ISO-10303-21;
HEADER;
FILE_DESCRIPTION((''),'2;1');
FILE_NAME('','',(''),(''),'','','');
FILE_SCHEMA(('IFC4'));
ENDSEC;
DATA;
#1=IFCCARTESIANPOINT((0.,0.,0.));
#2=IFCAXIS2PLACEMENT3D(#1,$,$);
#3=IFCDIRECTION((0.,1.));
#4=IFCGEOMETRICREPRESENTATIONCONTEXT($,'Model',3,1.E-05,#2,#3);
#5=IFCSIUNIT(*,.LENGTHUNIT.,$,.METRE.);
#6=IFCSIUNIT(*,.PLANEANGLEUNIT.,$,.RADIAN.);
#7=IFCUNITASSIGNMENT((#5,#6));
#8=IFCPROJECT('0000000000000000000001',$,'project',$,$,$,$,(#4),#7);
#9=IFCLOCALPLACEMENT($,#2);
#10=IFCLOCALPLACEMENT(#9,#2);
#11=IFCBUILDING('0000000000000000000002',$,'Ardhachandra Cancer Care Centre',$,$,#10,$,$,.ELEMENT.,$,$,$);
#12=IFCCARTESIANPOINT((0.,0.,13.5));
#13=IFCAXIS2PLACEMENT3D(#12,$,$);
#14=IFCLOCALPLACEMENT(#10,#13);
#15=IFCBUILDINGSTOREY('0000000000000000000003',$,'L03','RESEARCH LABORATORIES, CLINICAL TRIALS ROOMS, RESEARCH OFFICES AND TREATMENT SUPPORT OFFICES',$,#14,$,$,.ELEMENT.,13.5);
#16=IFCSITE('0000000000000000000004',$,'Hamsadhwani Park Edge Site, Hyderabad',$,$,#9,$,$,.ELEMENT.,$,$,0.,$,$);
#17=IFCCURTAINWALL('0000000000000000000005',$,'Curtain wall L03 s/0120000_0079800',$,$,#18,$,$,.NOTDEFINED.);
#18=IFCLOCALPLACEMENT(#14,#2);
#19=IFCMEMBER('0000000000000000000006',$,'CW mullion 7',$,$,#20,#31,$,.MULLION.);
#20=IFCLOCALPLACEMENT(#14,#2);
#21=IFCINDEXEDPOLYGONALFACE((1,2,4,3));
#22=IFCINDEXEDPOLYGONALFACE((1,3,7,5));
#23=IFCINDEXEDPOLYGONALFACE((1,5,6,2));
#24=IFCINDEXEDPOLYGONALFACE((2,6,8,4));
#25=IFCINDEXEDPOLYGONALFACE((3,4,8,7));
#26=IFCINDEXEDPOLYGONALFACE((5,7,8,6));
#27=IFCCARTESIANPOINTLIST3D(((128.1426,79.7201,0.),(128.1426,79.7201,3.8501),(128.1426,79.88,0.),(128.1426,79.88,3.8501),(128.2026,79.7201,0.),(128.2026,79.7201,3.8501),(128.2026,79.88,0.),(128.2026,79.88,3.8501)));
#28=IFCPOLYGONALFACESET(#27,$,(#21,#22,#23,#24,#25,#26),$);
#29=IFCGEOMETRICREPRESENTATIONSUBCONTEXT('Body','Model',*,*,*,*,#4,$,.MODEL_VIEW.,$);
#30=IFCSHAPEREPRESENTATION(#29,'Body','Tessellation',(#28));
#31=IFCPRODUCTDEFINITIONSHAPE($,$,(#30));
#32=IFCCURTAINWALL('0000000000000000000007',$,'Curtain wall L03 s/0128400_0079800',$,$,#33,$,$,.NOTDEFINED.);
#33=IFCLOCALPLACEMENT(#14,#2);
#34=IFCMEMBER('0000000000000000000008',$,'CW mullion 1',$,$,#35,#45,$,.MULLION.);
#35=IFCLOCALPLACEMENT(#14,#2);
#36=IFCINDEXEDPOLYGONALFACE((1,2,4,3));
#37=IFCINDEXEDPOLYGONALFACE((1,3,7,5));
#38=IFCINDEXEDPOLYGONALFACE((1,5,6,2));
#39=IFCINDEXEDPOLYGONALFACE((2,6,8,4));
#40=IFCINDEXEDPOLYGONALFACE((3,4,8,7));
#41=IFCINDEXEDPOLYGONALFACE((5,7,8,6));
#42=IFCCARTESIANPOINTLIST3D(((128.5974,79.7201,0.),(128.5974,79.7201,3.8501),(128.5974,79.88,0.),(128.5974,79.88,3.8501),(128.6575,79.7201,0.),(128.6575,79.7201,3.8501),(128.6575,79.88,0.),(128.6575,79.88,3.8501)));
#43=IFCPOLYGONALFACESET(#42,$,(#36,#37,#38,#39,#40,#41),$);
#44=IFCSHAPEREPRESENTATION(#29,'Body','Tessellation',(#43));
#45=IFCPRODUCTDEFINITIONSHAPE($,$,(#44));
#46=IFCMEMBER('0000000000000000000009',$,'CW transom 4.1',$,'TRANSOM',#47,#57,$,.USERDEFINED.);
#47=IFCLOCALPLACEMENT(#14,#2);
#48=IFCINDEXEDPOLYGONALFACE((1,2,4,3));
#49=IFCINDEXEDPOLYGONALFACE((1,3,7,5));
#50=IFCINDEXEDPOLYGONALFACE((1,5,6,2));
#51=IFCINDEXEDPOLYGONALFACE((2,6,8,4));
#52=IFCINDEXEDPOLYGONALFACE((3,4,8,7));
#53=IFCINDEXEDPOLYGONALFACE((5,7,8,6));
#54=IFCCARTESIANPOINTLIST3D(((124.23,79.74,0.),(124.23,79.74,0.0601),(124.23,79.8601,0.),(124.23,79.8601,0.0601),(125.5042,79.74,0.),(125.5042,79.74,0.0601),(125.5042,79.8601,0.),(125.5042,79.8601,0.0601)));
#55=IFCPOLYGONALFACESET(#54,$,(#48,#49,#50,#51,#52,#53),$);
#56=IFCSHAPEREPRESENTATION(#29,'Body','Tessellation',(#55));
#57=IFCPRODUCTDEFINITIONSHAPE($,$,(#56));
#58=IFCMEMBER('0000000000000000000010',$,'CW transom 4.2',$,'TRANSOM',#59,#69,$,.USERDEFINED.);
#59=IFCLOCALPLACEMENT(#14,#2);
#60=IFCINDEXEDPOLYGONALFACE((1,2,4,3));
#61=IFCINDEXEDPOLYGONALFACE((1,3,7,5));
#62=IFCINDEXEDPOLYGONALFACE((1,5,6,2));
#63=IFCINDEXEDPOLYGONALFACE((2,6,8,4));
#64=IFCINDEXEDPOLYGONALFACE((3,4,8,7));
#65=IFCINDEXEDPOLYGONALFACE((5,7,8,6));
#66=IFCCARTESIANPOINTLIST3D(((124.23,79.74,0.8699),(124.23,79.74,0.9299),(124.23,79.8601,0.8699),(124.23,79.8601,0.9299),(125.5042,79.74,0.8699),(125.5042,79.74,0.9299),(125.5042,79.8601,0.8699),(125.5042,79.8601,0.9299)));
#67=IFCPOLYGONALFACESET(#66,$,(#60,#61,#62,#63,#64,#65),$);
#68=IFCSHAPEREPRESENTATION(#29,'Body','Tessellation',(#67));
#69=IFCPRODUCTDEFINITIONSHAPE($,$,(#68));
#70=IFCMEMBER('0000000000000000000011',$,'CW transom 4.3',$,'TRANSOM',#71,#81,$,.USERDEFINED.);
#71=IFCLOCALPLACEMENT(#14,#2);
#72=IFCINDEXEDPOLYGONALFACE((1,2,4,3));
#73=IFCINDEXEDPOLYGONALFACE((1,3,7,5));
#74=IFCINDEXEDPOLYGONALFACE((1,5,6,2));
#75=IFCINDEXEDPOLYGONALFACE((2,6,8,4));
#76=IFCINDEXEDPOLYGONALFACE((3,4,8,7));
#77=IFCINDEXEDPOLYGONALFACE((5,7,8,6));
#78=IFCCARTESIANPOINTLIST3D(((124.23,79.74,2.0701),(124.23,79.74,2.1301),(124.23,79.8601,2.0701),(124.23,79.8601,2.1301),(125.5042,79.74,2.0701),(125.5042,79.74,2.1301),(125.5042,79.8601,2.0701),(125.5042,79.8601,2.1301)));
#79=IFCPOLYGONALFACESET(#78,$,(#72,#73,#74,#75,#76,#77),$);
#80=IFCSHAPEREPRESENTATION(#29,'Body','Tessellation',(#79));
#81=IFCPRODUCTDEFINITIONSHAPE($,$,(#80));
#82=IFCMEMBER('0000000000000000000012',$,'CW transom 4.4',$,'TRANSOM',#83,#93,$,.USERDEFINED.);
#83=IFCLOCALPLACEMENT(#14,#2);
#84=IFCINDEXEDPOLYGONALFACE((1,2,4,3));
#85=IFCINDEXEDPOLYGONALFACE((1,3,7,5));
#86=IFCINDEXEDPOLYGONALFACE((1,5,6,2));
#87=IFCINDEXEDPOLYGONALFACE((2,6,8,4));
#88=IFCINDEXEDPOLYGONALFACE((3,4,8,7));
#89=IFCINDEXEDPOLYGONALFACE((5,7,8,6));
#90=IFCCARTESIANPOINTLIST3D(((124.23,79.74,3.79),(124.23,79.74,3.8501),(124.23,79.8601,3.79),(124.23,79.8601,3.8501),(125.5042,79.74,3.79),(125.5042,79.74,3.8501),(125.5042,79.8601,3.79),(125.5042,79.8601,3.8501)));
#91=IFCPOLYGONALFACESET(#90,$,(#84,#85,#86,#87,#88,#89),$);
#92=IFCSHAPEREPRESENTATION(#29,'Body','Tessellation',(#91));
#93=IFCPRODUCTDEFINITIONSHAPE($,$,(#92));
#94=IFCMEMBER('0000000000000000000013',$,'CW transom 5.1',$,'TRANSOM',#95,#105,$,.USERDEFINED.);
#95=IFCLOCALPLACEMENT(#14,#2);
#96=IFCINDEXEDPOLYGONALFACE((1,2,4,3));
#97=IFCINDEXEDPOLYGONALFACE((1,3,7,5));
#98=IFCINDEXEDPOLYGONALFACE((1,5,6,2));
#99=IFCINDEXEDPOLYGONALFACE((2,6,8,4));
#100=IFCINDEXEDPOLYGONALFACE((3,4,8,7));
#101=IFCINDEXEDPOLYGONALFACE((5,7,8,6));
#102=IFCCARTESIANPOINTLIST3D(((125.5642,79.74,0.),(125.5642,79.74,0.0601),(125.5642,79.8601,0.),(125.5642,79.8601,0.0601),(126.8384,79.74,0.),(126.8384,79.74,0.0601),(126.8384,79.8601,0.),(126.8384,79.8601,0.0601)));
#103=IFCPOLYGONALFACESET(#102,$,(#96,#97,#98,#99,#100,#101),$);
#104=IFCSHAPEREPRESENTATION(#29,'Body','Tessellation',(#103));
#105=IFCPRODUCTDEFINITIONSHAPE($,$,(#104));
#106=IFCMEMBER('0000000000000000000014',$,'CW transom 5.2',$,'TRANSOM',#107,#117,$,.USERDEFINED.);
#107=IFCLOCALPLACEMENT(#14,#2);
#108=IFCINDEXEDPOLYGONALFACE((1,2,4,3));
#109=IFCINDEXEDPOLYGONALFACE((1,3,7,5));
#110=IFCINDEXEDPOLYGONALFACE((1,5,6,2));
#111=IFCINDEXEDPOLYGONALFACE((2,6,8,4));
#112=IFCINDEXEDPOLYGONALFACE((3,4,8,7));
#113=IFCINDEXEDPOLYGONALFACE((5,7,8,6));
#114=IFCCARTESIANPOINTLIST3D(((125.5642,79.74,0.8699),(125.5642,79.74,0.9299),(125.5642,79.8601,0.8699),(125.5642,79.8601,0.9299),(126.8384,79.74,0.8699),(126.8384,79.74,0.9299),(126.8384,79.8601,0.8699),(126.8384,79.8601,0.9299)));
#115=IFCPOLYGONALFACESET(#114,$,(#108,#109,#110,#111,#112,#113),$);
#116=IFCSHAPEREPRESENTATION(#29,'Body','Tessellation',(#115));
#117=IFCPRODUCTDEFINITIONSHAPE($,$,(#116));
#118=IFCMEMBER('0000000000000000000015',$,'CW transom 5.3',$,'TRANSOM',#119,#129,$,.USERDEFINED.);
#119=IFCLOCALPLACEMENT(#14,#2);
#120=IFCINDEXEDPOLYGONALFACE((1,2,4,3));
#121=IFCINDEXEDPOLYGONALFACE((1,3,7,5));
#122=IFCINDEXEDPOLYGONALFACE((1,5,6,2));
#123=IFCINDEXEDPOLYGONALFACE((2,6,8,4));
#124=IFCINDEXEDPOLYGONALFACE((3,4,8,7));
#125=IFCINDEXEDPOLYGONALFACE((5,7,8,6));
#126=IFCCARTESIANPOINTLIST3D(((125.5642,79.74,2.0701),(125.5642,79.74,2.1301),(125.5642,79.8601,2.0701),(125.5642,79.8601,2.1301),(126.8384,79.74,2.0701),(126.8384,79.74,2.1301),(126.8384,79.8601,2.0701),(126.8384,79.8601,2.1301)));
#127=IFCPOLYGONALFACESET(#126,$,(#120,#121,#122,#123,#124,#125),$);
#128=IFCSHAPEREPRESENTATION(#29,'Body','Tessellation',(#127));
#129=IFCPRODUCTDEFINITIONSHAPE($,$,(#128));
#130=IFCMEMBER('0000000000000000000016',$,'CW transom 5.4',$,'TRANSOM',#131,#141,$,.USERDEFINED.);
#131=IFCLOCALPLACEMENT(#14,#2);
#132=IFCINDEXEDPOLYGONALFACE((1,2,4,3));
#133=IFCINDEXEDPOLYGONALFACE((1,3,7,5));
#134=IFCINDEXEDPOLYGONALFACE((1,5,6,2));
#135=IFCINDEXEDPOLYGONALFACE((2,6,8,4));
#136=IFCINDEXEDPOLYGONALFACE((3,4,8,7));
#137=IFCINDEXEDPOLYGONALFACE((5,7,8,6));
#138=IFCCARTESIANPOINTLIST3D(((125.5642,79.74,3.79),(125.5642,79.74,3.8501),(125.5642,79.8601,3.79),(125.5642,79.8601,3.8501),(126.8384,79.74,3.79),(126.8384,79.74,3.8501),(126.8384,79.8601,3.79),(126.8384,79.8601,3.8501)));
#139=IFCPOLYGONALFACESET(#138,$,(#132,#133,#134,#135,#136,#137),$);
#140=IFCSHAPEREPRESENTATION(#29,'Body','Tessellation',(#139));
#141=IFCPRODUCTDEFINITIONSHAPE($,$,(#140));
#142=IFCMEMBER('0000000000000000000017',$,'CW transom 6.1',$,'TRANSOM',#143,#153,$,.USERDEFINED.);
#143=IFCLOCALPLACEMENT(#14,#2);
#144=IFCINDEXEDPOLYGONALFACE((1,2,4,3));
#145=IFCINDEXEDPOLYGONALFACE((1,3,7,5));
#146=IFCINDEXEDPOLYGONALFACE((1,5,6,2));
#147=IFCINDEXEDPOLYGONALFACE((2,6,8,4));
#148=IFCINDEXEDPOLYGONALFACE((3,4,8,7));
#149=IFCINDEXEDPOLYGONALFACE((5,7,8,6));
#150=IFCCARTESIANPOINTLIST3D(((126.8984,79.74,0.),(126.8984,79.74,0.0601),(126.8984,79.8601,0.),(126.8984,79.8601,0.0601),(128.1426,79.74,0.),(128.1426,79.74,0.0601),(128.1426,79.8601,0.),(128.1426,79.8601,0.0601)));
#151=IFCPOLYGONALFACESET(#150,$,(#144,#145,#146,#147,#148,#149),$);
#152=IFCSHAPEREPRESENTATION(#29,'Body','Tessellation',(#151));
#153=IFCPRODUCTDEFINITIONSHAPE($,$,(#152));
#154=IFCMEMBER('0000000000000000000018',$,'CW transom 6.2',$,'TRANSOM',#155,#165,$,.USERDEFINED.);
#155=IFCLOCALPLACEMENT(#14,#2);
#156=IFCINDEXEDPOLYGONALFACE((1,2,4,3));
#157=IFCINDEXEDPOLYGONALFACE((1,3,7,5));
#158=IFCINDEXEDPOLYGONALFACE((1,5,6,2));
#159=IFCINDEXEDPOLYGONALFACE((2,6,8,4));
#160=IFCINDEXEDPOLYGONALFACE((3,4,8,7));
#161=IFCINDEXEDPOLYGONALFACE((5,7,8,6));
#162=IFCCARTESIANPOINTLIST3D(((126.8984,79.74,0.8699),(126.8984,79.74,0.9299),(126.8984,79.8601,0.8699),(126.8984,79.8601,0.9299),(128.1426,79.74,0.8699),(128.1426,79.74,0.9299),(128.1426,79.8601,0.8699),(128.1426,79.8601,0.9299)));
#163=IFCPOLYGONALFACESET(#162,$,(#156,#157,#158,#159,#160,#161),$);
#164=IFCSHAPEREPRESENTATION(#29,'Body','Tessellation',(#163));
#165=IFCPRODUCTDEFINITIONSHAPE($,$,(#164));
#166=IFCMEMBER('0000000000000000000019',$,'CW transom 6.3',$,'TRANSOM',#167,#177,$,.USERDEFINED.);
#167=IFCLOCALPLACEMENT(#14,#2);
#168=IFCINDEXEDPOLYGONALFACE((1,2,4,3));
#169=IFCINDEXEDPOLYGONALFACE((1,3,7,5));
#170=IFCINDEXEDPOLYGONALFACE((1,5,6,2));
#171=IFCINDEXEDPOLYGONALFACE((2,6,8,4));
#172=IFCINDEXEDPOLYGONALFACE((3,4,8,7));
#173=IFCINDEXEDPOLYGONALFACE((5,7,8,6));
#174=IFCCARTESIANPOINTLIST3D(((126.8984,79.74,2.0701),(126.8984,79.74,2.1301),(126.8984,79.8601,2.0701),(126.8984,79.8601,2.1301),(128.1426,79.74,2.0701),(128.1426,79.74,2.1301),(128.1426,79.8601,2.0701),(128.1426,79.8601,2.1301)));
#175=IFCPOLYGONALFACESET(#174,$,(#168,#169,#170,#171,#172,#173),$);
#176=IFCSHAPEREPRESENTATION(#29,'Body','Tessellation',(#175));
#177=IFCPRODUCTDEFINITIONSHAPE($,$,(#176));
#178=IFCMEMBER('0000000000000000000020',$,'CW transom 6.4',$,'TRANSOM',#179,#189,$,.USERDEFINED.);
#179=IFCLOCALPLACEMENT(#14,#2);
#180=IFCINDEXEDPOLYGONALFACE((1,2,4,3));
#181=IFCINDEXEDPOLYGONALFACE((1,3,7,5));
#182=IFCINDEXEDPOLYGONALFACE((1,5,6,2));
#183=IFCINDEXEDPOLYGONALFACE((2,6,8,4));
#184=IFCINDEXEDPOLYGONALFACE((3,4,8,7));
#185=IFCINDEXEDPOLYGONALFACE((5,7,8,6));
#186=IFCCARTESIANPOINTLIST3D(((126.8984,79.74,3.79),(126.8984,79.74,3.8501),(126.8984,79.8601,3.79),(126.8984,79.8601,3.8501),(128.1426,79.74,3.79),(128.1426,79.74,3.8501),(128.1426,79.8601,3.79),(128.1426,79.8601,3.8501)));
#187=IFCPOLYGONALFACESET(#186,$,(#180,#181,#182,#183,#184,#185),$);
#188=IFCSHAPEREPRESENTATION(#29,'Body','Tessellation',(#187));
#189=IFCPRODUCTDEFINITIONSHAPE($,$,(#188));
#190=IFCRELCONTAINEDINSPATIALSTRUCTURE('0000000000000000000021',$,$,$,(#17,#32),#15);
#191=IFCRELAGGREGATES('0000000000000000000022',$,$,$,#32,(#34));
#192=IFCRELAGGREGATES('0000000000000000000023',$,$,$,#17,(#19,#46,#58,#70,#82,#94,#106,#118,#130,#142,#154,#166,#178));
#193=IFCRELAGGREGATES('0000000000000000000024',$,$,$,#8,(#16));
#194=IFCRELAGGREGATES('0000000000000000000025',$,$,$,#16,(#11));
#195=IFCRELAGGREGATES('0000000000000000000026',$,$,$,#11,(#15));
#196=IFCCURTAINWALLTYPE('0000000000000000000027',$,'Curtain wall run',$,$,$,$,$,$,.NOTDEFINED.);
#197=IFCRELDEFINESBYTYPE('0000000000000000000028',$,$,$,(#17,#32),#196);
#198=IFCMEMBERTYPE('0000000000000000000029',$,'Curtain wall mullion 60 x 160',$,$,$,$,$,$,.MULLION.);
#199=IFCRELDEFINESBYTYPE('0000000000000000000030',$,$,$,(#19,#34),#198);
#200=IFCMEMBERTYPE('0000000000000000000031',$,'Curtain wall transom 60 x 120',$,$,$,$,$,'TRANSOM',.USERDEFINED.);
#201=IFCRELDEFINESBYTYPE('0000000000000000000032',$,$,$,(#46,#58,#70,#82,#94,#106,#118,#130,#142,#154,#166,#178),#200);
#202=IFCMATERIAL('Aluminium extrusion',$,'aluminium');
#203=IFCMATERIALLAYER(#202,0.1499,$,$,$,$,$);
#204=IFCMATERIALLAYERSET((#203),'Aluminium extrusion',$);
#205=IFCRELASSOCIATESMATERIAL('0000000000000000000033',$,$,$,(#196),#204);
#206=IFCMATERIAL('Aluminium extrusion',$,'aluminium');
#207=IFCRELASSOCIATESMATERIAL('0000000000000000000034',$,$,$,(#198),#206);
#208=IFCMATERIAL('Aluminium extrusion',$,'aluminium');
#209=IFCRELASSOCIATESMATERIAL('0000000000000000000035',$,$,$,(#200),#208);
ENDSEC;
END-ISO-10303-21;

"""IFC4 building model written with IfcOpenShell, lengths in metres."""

from ifc_helpers import new_model, si_unit, direction, frame, origin, origin_2d, place, context, subcontext, project, spatial, rectangle, extrude, material, layer, layer_set, material_profile, profile_set, type_object, element, aggregate, save


model = new_model("IFC4")

# Units and contexts
model_context = context("Model", 3, precision=1e-05, world=origin(), true_north=direction((0.0, 1.0)))
body_context = subcontext(model_context, "Body", "Model", "MODEL_VIEW")
ifc_project = project(units=[si_unit("LENGTHUNIT", "METRE"), si_unit("PLANEANGLEUNIT", "RADIAN")], contexts=[model_context])

# Site, building, storey
site_placement = place(None, origin())
site = spatial("IfcSite", under=ifc_project, at=site_placement, Name="Hamsadhwani Park Edge Site, Hyderabad", CompositionType="ELEMENT", RefElevation=0.0)
building_placement = place(site_placement, origin())
building = spatial("IfcBuilding", under=site, at=building_placement, Name="Ardhachandra Cancer Care Centre", CompositionType="ELEMENT")
storey_placement = place(building_placement, frame((0.0, 0.0, 13.5)))
storey = spatial("IfcBuildingStorey", under=building, at=storey_placement, Name="L03", Description="RESEARCH LABORATORIES, CLINICAL TRIALS ROOMS, RESEARCH OFFICES AND TREATMENT SUPPORT OFFICES", CompositionType="ELEMENT", Elevation=13.5)

# Curtain wall, member
ifc_material_1 = material(Name="Aluminium extrusion", Category="aluminium")
ifc_layer_1 = layer(ifc_material_1, 0.1499)
ifc_layer_set_1 = layer_set([ifc_layer_1], Name="Aluminium extrusion")
curtain_wall_type = type_object("IfcCurtainWallType", Name="Curtain wall run", PredefinedType="NOTDEFINED", material=ifc_layer_set_1)
curtain_wall_1_placement = place(storey_placement, origin())
curtain_wall_1 = element("IfcCurtainWall", 1, at=curtain_wall_1_placement, inside=storey, type_object=curtain_wall_type, Name="Curtain wall L03 s/0120000_0079800", PredefinedType="NOTDEFINED")
ifc_material_2 = material(Name="Aluminium extrusion", Category="aluminium")
ifc_material_profile_1 = material_profile(ifc_material_2, rectangle(XDim=0.1599, YDim=0.0601, at=origin_2d()), Name="Curtain wall mullion 60 x 160")
ifc_profile_set_1 = profile_set([ifc_material_profile_1], Name="Aluminium extrusion")
member_type_1 = type_object("IfcMemberType", Name="Curtain wall mullion 60 x 160", PredefinedType="MULLION", material=ifc_profile_set_1)
member_1_placement = place(storey_placement, frame((128.1726, 79.8, 0.0), z_axis=(0.0, 0.0, 1.0), x_axis=(0.0, 1.0, 0.0)))
member_1 = element("IfcMember", 2, at=member_1_placement, type_object=member_type_1, Name="CW mullion 7", PredefinedType="MULLION", context=body_context, shape_type="SweptSolid", body=[
    extrude(rectangle(XDim=0.1599, YDim=0.0601, at=origin_2d()), origin(), (0.0, 0.0, 1.0), 3.8501),
])

# Curtain wall, member
curtain_wall_2_placement = place(storey_placement, origin())
curtain_wall_2 = element("IfcCurtainWall", 3, at=curtain_wall_2_placement, inside=storey, type_object=curtain_wall_type, Name="Curtain wall L03 s/0128400_0079800", PredefinedType="NOTDEFINED")
member_2_placement = place(storey_placement, frame((128.6274, 79.8, 0.0), z_axis=(0.0, 0.0, 1.0), x_axis=(0.0, 1.0, 0.0)))
member_2 = element("IfcMember", 4, at=member_2_placement, type_object=member_type_1, Name="CW mullion 1", PredefinedType="MULLION", context=body_context, shape_type="SweptSolid", body=[
    extrude(rectangle(XDim=0.1599, YDim=0.0601, at=origin_2d()), origin(), (0.0, 0.0, 1.0), 3.8501),
])
aggregate(curtain_wall_2, [member_2])

# Members
ifc_material_3 = material(Name="Aluminium extrusion", Category="aluminium")
ifc_material_profile_2 = material_profile(ifc_material_3, rectangle(XDim=0.1201, YDim=0.0601, at=origin_2d()), Name="Curtain wall transom 60 x 120")
ifc_profile_set_2 = profile_set([ifc_material_profile_2], Name="Aluminium extrusion")
member_type_2 = type_object("IfcMemberType", Name="Curtain wall transom 60 x 120", ElementType="TRANSOM", PredefinedType="USERDEFINED", material=ifc_profile_set_2)
member_3_placement = place(storey_placement, frame((124.23, 79.8, 0.03), z_axis=(1.0, 0.0, 0.0), x_axis=(0.0, 1.0, 0.0)))
member_3 = element("IfcMember", 5, at=member_3_placement, type_object=member_type_2, Name="CW transom 4.1", ObjectType="TRANSOM", PredefinedType="USERDEFINED", context=body_context, shape_type="SweptSolid", body=[
    extrude(rectangle(XDim=0.1201, YDim=0.0601, at=origin_2d()), origin(), (0.0, 0.0, 1.0), 1.2742),
])
member_4_placement = place(storey_placement, frame((124.23, 79.8, 0.8999), z_axis=(1.0, 0.0, 0.0), x_axis=(0.0, 1.0, 0.0)))
member_4 = element("IfcMember", 6, at=member_4_placement, type_object=member_type_2, Name="CW transom 4.2", ObjectType="TRANSOM", PredefinedType="USERDEFINED", context=body_context, shape_type="SweptSolid", body=[
    extrude(rectangle(XDim=0.1201, YDim=0.0601, at=origin_2d()), origin(), (0.0, 0.0, 1.0), 1.2742),
])
member_5_placement = place(storey_placement, frame((124.23, 79.8, 2.1001), z_axis=(1.0, 0.0, 0.0), x_axis=(0.0, 1.0, 0.0)))
member_5 = element("IfcMember", 7, at=member_5_placement, type_object=member_type_2, Name="CW transom 4.3", ObjectType="TRANSOM", PredefinedType="USERDEFINED", context=body_context, shape_type="SweptSolid", body=[
    extrude(rectangle(XDim=0.1201, YDim=0.0601, at=origin_2d()), origin(), (0.0, 0.0, 1.0), 1.2742),
])
member_6_placement = place(storey_placement, frame((124.23, 79.8, 3.8201), z_axis=(1.0, 0.0, 0.0), x_axis=(0.0, 1.0, 0.0)))
member_6 = element("IfcMember", 8, at=member_6_placement, type_object=member_type_2, Name="CW transom 4.4", ObjectType="TRANSOM", PredefinedType="USERDEFINED", context=body_context, shape_type="SweptSolid", body=[
    extrude(rectangle(XDim=0.1201, YDim=0.0601, at=origin_2d()), origin(), (0.0, 0.0, 1.0), 1.2742),
])
member_7_placement = place(storey_placement, frame((125.5642, 79.8, 0.03), z_axis=(1.0, 0.0, 0.0), x_axis=(0.0, 1.0, 0.0)))
member_7 = element("IfcMember", 9, at=member_7_placement, type_object=member_type_2, Name="CW transom 5.1", ObjectType="TRANSOM", PredefinedType="USERDEFINED", context=body_context, shape_type="SweptSolid", body=[
    extrude(rectangle(XDim=0.1201, YDim=0.0601, at=origin_2d()), origin(), (0.0, 0.0, 1.0), 1.2742),
])
member_8_placement = place(storey_placement, frame((125.5642, 79.8, 0.8999), z_axis=(1.0, 0.0, 0.0), x_axis=(0.0, 1.0, 0.0)))
member_8 = element("IfcMember", 10, at=member_8_placement, type_object=member_type_2, Name="CW transom 5.2", ObjectType="TRANSOM", PredefinedType="USERDEFINED", context=body_context, shape_type="SweptSolid", body=[
    extrude(rectangle(XDim=0.1201, YDim=0.0601, at=origin_2d()), origin(), (0.0, 0.0, 1.0), 1.2742),
])
member_9_placement = place(storey_placement, frame((125.5642, 79.8, 2.1001), z_axis=(1.0, 0.0, 0.0), x_axis=(0.0, 1.0, 0.0)))
member_9 = element("IfcMember", 11, at=member_9_placement, type_object=member_type_2, Name="CW transom 5.3", ObjectType="TRANSOM", PredefinedType="USERDEFINED", context=body_context, shape_type="SweptSolid", body=[
    extrude(rectangle(XDim=0.1201, YDim=0.0601, at=origin_2d()), origin(), (0.0, 0.0, 1.0), 1.2742),
])
member_10_placement = place(storey_placement, frame((125.5642, 79.8, 3.8201), z_axis=(1.0, 0.0, 0.0), x_axis=(0.0, 1.0, 0.0)))
member_10 = element("IfcMember", 12, at=member_10_placement, type_object=member_type_2, Name="CW transom 5.4", ObjectType="TRANSOM", PredefinedType="USERDEFINED", context=body_context, shape_type="SweptSolid", body=[
    extrude(rectangle(XDim=0.1201, YDim=0.0601, at=origin_2d()), origin(), (0.0, 0.0, 1.0), 1.2742),
])
member_11_placement = place(storey_placement, frame((126.8984, 79.8, 0.03), z_axis=(1.0, 0.0, 0.0), x_axis=(0.0, 1.0, 0.0)))
member_11 = element("IfcMember", 13, at=member_11_placement, type_object=member_type_2, Name="CW transom 6.1", ObjectType="TRANSOM", PredefinedType="USERDEFINED", context=body_context, shape_type="SweptSolid", body=[
    extrude(rectangle(XDim=0.1201, YDim=0.0601, at=origin_2d()), origin(), (0.0, 0.0, 1.0), 1.2441),
])
member_12_placement = place(storey_placement, frame((126.8984, 79.8, 0.8999), z_axis=(1.0, 0.0, 0.0), x_axis=(0.0, 1.0, 0.0)))
member_12 = element("IfcMember", 14, at=member_12_placement, type_object=member_type_2, Name="CW transom 6.2", ObjectType="TRANSOM", PredefinedType="USERDEFINED", context=body_context, shape_type="SweptSolid", body=[
    extrude(rectangle(XDim=0.1201, YDim=0.0601, at=origin_2d()), origin(), (0.0, 0.0, 1.0), 1.2441),
])
member_13_placement = place(storey_placement, frame((126.8984, 79.8, 2.1001), z_axis=(1.0, 0.0, 0.0), x_axis=(0.0, 1.0, 0.0)))
member_13 = element("IfcMember", 15, at=member_13_placement, type_object=member_type_2, Name="CW transom 6.3", ObjectType="TRANSOM", PredefinedType="USERDEFINED", context=body_context, shape_type="SweptSolid", body=[
    extrude(rectangle(XDim=0.1201, YDim=0.0601, at=origin_2d()), origin(), (0.0, 0.0, 1.0), 1.2441),
])
member_14_placement = place(storey_placement, frame((126.8984, 79.8, 3.8201), z_axis=(1.0, 0.0, 0.0), x_axis=(0.0, 1.0, 0.0)))
member_14 = element("IfcMember", 16, at=member_14_placement, type_object=member_type_2, Name="CW transom 6.4", ObjectType="TRANSOM", PredefinedType="USERDEFINED", context=body_context, shape_type="SweptSolid", body=[
    extrude(rectangle(XDim=0.1201, YDim=0.0601, at=origin_2d()), origin(), (0.0, 0.0, 1.0), 1.2441),
])

aggregate(curtain_wall_1, [member_1, member_3, member_4, member_5, member_6, member_7, member_8, member_9, member_10, member_11, member_12, member_13, member_14])

save(model, "model.ifc")
